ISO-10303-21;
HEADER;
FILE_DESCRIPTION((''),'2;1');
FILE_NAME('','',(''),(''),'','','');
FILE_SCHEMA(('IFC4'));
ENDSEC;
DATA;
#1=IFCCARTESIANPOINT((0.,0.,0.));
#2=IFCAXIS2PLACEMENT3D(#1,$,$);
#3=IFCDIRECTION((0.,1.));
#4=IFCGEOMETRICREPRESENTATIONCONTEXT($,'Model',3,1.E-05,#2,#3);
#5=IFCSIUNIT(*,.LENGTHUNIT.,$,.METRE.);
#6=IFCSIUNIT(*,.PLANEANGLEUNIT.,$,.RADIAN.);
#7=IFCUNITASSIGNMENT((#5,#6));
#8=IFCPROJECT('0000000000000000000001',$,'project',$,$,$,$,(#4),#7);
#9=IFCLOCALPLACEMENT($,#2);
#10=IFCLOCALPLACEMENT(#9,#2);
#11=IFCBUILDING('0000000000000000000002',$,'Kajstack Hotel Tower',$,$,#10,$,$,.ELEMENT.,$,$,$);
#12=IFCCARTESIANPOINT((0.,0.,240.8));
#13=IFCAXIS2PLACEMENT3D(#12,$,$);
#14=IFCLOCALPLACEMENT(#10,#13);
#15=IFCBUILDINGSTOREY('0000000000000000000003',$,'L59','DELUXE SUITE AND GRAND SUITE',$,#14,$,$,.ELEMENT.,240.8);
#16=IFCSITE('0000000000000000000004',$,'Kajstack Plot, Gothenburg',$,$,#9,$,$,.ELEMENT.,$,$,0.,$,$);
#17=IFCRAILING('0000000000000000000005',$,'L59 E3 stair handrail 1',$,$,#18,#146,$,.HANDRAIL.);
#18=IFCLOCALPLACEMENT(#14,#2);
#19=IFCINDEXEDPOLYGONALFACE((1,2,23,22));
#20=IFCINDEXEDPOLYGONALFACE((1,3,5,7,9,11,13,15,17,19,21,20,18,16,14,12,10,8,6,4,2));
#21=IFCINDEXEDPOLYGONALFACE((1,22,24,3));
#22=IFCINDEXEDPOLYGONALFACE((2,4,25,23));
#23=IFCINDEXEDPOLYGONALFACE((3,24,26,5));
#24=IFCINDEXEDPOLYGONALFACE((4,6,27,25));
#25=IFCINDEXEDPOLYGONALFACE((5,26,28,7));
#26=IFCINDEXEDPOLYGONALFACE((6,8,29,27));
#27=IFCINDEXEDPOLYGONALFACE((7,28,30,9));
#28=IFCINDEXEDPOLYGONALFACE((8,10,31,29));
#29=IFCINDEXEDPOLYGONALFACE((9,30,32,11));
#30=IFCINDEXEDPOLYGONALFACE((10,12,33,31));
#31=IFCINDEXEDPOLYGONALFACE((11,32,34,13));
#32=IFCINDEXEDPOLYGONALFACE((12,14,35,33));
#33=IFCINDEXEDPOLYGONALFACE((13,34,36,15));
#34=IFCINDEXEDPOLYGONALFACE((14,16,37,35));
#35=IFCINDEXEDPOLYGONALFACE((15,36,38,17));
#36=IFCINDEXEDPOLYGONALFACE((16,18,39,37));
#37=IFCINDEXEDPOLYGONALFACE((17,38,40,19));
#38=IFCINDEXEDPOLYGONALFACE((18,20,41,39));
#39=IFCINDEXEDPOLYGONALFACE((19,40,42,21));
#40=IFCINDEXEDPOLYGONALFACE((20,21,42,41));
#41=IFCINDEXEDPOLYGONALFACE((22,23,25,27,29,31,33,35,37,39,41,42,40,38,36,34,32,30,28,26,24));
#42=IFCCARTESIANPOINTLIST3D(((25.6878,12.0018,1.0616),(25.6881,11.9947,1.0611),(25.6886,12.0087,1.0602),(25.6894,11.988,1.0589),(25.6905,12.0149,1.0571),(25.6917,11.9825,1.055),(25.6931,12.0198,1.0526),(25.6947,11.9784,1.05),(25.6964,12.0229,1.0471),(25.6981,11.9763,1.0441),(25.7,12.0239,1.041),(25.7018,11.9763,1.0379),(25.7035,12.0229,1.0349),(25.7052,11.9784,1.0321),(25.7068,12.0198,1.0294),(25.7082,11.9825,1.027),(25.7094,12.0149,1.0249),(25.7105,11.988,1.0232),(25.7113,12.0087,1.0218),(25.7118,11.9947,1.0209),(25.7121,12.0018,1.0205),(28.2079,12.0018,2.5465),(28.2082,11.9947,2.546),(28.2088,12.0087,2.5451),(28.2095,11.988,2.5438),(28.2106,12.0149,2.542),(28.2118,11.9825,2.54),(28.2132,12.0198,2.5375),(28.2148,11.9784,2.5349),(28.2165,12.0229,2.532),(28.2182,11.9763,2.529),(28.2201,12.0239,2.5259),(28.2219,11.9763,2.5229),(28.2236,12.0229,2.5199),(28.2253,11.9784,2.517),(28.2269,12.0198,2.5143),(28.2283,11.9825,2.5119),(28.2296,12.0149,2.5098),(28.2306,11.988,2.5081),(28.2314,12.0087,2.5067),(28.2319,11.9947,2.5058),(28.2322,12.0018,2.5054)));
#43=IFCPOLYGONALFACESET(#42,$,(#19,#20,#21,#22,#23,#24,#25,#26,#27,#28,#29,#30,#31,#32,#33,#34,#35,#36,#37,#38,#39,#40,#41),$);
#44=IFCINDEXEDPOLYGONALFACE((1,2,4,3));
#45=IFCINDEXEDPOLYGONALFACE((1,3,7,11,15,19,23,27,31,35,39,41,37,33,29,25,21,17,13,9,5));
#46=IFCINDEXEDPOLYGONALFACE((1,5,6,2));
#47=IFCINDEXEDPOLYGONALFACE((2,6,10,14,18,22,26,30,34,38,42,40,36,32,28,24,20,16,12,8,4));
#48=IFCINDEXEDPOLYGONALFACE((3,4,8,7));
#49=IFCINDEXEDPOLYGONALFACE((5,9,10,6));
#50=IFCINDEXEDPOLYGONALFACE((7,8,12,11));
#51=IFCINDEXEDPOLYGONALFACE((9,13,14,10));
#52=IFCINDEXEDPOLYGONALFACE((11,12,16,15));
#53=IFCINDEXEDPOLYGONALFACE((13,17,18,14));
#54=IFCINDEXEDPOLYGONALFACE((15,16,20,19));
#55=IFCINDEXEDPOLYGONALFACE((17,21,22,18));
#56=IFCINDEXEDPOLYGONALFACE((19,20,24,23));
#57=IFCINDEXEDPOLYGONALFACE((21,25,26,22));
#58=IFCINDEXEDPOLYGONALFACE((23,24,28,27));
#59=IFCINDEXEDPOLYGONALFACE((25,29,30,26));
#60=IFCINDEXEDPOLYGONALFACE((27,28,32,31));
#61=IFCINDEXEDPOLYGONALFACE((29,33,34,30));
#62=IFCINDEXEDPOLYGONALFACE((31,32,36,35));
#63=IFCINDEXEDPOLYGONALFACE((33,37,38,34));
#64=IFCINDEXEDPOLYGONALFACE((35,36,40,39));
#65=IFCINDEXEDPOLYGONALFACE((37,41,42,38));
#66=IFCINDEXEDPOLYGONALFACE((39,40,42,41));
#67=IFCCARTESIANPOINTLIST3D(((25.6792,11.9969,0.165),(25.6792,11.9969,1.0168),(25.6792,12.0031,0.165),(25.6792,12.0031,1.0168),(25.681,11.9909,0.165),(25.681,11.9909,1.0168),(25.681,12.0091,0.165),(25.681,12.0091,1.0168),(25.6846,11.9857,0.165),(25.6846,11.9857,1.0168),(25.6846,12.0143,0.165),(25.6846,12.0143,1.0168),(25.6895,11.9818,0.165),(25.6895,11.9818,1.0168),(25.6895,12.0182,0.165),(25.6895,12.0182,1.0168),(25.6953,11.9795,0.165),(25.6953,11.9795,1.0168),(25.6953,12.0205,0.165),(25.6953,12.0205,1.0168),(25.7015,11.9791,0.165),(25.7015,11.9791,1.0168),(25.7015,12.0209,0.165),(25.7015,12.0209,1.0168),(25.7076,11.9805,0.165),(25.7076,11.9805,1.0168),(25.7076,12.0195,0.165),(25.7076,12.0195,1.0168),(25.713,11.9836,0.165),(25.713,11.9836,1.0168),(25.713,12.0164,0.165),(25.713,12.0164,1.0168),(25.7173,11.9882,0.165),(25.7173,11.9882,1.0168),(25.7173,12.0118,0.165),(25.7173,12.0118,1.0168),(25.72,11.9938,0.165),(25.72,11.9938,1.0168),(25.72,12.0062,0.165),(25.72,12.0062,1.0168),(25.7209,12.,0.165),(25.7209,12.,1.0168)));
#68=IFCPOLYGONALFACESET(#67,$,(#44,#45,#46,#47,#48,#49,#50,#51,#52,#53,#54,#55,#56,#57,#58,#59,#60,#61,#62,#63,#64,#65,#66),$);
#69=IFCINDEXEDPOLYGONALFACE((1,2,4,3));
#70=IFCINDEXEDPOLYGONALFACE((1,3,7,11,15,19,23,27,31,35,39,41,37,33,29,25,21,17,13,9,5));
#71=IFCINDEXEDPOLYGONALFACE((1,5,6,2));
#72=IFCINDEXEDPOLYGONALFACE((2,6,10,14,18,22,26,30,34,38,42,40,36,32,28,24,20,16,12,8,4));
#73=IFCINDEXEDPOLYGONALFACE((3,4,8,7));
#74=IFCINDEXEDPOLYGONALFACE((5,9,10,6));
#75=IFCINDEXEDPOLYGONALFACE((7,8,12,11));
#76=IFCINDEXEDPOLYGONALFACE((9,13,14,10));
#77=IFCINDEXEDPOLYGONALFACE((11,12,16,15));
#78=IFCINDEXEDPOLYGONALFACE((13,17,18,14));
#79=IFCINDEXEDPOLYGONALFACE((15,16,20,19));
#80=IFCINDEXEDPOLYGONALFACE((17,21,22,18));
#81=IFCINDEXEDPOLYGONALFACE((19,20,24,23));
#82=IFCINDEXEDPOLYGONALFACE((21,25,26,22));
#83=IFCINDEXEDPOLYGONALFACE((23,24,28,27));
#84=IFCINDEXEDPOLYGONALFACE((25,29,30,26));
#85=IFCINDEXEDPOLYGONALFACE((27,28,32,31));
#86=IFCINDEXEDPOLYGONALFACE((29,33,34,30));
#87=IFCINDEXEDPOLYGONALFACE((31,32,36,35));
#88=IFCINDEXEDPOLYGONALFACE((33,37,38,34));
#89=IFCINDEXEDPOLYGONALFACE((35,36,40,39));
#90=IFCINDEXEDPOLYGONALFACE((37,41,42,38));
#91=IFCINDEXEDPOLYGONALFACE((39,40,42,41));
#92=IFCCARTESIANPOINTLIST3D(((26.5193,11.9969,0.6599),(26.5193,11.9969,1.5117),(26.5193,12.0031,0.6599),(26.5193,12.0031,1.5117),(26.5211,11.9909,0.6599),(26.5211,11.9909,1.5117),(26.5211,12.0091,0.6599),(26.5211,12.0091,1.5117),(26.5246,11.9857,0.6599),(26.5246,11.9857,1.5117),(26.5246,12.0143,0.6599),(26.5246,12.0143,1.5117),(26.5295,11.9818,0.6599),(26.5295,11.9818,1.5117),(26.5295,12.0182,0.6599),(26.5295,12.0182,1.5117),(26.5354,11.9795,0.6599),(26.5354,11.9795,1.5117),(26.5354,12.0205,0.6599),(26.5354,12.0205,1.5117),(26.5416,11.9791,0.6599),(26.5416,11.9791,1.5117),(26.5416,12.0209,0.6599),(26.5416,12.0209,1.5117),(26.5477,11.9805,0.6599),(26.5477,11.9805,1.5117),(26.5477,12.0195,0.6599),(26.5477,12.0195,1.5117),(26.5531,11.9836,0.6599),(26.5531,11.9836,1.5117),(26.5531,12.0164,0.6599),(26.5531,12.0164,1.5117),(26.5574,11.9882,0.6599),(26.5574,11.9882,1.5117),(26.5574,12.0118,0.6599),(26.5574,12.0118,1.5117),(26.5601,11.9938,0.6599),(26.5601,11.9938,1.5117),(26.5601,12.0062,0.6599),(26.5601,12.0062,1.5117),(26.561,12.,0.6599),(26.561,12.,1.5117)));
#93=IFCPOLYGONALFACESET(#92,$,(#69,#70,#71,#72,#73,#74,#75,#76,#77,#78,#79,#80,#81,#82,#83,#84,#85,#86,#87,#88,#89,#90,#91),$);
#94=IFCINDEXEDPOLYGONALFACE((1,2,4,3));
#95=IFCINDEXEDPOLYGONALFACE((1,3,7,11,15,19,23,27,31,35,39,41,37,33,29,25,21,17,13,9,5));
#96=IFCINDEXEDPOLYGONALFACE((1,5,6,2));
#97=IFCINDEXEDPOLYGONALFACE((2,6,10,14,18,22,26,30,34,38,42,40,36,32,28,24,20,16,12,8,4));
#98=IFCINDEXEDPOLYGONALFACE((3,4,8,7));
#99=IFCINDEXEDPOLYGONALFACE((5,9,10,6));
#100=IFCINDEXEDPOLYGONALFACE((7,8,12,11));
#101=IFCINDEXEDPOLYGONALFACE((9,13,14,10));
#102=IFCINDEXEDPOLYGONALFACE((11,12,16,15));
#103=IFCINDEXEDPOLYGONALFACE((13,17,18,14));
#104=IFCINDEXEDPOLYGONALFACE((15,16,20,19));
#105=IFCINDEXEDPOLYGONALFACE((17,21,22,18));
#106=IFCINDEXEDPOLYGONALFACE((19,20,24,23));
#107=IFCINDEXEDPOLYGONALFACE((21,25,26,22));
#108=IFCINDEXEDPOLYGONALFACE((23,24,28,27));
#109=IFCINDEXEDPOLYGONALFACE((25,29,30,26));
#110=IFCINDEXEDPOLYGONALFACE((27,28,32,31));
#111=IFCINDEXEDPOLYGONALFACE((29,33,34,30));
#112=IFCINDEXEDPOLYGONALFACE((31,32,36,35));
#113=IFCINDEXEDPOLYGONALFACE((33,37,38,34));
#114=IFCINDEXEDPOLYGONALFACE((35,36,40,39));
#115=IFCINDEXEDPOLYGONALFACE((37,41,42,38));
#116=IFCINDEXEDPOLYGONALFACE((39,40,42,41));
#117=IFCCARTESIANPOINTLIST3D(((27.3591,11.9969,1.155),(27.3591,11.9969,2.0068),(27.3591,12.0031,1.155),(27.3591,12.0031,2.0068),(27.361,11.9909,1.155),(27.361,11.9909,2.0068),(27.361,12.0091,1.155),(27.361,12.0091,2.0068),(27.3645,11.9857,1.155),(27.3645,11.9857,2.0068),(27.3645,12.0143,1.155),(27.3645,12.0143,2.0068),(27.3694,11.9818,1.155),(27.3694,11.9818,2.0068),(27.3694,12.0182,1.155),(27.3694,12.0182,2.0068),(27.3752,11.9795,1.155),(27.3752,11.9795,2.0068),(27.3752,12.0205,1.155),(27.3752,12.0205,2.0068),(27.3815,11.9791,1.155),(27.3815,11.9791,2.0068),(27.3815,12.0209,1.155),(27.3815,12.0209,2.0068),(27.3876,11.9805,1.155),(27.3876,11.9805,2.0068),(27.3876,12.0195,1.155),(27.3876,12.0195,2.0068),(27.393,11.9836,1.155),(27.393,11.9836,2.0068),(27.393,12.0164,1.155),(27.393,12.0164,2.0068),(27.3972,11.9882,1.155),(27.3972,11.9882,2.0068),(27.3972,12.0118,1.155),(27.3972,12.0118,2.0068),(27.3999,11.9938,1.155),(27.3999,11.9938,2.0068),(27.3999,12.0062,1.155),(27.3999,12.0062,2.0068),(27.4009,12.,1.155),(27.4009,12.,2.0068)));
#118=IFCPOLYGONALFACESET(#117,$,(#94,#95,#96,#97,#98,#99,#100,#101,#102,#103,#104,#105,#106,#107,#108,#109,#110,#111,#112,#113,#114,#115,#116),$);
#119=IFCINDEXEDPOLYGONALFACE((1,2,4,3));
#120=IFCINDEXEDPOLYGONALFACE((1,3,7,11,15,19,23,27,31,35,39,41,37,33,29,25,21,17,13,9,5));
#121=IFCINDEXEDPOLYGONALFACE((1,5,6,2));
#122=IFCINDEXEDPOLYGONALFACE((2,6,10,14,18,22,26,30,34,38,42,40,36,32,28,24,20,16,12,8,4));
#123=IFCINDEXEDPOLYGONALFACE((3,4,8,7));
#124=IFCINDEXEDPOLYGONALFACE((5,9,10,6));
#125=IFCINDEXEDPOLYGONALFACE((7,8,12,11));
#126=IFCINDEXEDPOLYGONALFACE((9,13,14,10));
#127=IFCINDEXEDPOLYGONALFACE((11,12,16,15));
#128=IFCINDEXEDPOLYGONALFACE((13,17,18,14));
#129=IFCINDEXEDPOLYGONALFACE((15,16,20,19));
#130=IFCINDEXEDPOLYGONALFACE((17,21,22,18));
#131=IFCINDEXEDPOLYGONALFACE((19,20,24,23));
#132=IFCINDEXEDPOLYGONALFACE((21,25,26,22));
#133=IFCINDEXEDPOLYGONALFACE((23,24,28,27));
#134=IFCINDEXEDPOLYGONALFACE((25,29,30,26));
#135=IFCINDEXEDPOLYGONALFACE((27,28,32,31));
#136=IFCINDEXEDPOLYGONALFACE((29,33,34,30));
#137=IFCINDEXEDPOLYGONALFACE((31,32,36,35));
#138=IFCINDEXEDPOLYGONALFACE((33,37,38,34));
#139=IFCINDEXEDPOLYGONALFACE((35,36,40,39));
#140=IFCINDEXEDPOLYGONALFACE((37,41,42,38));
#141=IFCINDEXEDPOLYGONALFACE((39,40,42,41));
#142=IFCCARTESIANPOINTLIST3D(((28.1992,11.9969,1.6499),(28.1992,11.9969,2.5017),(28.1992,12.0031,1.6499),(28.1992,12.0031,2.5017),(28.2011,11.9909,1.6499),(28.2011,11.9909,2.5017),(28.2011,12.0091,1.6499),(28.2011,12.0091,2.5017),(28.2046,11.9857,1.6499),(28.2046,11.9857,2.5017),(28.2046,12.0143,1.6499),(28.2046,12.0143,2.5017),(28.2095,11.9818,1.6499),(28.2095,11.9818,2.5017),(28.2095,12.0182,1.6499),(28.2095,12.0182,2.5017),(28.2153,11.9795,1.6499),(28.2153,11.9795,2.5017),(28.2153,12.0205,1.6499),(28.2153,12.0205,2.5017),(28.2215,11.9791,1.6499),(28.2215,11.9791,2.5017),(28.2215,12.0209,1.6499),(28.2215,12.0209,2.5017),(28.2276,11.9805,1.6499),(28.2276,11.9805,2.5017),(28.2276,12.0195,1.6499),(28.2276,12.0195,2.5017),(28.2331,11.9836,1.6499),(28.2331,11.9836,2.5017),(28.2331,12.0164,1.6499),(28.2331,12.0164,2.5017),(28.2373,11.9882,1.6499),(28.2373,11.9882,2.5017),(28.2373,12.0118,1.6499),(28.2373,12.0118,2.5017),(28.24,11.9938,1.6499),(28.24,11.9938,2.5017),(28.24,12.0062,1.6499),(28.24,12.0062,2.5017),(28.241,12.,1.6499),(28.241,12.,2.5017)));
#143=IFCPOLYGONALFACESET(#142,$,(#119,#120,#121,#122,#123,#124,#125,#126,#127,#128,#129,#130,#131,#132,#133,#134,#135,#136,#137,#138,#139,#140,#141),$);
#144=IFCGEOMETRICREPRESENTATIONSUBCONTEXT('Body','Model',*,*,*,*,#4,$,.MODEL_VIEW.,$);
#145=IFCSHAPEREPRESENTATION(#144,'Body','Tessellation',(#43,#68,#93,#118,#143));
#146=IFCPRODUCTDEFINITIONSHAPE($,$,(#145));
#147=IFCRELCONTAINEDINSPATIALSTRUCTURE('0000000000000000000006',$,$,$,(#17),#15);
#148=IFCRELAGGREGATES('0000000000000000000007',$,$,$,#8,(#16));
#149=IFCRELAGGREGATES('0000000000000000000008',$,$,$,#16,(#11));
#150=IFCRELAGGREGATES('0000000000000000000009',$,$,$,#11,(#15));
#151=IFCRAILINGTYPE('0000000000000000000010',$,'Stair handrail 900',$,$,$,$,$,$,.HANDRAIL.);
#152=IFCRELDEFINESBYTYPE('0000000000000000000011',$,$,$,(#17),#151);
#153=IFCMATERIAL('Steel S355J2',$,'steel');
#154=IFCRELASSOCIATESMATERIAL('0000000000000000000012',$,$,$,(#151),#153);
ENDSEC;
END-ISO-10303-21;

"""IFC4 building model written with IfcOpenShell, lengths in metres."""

from ifc_helpers import new_model, si_unit, direction, frame, origin, origin_2d, place, context, subcontext, project, spatial, circle, extrude, material, type_object, element, save


model = new_model("IFC4")

# Units and contexts
model_context = context("Model", 3, precision=1e-05, world=origin(), true_north=direction((0.0, 1.0)))
body_context = subcontext(model_context, "Body", "Model", "MODEL_VIEW")
ifc_project = project(units=[si_unit("LENGTHUNIT", "METRE"), si_unit("PLANEANGLEUNIT", "RADIAN")], contexts=[model_context])

# Site, building, storey
site_placement = place(None, origin())
site = spatial("IfcSite", under=ifc_project, at=site_placement, Name="Kajstack Plot, Gothenburg", CompositionType="ELEMENT", RefElevation=0.0)
building_placement = place(site_placement, origin())
building = spatial("IfcBuilding", under=site, at=building_placement, Name="Kajstack Hotel Tower", CompositionType="ELEMENT")
storey_placement = place(building_placement, frame((0.0, 0.0, 240.8)))
storey = spatial("IfcBuildingStorey", under=building, at=storey_placement, Name="L59", Description="DELUXE SUITE AND GRAND SUITE", CompositionType="ELEMENT", Elevation=240.8)

# Railing
ifc_material_1 = material(Name="Steel S355J2", Category="steel")
railing_type_1 = type_object("IfcRailingType", Name="Stair handrail 900", PredefinedType="HANDRAIL", material=ifc_material_1)
railing_1_placement = place(storey_placement, frame((25.7, 12.0, 0.165)))
element("IfcRailing", 1, at=railing_1_placement, inside=storey, type_object=railing_type_1, Name="L59 E3 stair handrail 1", PredefinedType="HANDRAIL", context=body_context, shape_type="SweptSolid", body=[
    extrude(circle(Radius=0.0239, at=origin_2d()), frame((0.0, 0.0, 0.876), z_axis=(0.861561, 0.0, 0.507655), x_axis=(0.0, 1.0, 0.0)), (0.0, 0.0, 1.0), 2.925),
    extrude(circle(Radius=0.021, at=origin_2d()), origin(), (0.0, 0.0, 1.0), 0.8518),
    extrude(circle(Radius=0.021, at=origin_2d()), frame((0.8401, 0.0, 0.4949)), (0.0, 0.0, 1.0), 0.8518),
    extrude(circle(Radius=0.021, at=origin_2d()), frame((1.6799, 0.0, 0.99)), (0.0, 0.0, 1.0), 0.8518),
    extrude(circle(Radius=0.021, at=origin_2d()), frame((2.52, 0.0, 1.4849)), (0.0, 0.0, 1.0), 0.8518),
])

save(model, "model.ifc")
